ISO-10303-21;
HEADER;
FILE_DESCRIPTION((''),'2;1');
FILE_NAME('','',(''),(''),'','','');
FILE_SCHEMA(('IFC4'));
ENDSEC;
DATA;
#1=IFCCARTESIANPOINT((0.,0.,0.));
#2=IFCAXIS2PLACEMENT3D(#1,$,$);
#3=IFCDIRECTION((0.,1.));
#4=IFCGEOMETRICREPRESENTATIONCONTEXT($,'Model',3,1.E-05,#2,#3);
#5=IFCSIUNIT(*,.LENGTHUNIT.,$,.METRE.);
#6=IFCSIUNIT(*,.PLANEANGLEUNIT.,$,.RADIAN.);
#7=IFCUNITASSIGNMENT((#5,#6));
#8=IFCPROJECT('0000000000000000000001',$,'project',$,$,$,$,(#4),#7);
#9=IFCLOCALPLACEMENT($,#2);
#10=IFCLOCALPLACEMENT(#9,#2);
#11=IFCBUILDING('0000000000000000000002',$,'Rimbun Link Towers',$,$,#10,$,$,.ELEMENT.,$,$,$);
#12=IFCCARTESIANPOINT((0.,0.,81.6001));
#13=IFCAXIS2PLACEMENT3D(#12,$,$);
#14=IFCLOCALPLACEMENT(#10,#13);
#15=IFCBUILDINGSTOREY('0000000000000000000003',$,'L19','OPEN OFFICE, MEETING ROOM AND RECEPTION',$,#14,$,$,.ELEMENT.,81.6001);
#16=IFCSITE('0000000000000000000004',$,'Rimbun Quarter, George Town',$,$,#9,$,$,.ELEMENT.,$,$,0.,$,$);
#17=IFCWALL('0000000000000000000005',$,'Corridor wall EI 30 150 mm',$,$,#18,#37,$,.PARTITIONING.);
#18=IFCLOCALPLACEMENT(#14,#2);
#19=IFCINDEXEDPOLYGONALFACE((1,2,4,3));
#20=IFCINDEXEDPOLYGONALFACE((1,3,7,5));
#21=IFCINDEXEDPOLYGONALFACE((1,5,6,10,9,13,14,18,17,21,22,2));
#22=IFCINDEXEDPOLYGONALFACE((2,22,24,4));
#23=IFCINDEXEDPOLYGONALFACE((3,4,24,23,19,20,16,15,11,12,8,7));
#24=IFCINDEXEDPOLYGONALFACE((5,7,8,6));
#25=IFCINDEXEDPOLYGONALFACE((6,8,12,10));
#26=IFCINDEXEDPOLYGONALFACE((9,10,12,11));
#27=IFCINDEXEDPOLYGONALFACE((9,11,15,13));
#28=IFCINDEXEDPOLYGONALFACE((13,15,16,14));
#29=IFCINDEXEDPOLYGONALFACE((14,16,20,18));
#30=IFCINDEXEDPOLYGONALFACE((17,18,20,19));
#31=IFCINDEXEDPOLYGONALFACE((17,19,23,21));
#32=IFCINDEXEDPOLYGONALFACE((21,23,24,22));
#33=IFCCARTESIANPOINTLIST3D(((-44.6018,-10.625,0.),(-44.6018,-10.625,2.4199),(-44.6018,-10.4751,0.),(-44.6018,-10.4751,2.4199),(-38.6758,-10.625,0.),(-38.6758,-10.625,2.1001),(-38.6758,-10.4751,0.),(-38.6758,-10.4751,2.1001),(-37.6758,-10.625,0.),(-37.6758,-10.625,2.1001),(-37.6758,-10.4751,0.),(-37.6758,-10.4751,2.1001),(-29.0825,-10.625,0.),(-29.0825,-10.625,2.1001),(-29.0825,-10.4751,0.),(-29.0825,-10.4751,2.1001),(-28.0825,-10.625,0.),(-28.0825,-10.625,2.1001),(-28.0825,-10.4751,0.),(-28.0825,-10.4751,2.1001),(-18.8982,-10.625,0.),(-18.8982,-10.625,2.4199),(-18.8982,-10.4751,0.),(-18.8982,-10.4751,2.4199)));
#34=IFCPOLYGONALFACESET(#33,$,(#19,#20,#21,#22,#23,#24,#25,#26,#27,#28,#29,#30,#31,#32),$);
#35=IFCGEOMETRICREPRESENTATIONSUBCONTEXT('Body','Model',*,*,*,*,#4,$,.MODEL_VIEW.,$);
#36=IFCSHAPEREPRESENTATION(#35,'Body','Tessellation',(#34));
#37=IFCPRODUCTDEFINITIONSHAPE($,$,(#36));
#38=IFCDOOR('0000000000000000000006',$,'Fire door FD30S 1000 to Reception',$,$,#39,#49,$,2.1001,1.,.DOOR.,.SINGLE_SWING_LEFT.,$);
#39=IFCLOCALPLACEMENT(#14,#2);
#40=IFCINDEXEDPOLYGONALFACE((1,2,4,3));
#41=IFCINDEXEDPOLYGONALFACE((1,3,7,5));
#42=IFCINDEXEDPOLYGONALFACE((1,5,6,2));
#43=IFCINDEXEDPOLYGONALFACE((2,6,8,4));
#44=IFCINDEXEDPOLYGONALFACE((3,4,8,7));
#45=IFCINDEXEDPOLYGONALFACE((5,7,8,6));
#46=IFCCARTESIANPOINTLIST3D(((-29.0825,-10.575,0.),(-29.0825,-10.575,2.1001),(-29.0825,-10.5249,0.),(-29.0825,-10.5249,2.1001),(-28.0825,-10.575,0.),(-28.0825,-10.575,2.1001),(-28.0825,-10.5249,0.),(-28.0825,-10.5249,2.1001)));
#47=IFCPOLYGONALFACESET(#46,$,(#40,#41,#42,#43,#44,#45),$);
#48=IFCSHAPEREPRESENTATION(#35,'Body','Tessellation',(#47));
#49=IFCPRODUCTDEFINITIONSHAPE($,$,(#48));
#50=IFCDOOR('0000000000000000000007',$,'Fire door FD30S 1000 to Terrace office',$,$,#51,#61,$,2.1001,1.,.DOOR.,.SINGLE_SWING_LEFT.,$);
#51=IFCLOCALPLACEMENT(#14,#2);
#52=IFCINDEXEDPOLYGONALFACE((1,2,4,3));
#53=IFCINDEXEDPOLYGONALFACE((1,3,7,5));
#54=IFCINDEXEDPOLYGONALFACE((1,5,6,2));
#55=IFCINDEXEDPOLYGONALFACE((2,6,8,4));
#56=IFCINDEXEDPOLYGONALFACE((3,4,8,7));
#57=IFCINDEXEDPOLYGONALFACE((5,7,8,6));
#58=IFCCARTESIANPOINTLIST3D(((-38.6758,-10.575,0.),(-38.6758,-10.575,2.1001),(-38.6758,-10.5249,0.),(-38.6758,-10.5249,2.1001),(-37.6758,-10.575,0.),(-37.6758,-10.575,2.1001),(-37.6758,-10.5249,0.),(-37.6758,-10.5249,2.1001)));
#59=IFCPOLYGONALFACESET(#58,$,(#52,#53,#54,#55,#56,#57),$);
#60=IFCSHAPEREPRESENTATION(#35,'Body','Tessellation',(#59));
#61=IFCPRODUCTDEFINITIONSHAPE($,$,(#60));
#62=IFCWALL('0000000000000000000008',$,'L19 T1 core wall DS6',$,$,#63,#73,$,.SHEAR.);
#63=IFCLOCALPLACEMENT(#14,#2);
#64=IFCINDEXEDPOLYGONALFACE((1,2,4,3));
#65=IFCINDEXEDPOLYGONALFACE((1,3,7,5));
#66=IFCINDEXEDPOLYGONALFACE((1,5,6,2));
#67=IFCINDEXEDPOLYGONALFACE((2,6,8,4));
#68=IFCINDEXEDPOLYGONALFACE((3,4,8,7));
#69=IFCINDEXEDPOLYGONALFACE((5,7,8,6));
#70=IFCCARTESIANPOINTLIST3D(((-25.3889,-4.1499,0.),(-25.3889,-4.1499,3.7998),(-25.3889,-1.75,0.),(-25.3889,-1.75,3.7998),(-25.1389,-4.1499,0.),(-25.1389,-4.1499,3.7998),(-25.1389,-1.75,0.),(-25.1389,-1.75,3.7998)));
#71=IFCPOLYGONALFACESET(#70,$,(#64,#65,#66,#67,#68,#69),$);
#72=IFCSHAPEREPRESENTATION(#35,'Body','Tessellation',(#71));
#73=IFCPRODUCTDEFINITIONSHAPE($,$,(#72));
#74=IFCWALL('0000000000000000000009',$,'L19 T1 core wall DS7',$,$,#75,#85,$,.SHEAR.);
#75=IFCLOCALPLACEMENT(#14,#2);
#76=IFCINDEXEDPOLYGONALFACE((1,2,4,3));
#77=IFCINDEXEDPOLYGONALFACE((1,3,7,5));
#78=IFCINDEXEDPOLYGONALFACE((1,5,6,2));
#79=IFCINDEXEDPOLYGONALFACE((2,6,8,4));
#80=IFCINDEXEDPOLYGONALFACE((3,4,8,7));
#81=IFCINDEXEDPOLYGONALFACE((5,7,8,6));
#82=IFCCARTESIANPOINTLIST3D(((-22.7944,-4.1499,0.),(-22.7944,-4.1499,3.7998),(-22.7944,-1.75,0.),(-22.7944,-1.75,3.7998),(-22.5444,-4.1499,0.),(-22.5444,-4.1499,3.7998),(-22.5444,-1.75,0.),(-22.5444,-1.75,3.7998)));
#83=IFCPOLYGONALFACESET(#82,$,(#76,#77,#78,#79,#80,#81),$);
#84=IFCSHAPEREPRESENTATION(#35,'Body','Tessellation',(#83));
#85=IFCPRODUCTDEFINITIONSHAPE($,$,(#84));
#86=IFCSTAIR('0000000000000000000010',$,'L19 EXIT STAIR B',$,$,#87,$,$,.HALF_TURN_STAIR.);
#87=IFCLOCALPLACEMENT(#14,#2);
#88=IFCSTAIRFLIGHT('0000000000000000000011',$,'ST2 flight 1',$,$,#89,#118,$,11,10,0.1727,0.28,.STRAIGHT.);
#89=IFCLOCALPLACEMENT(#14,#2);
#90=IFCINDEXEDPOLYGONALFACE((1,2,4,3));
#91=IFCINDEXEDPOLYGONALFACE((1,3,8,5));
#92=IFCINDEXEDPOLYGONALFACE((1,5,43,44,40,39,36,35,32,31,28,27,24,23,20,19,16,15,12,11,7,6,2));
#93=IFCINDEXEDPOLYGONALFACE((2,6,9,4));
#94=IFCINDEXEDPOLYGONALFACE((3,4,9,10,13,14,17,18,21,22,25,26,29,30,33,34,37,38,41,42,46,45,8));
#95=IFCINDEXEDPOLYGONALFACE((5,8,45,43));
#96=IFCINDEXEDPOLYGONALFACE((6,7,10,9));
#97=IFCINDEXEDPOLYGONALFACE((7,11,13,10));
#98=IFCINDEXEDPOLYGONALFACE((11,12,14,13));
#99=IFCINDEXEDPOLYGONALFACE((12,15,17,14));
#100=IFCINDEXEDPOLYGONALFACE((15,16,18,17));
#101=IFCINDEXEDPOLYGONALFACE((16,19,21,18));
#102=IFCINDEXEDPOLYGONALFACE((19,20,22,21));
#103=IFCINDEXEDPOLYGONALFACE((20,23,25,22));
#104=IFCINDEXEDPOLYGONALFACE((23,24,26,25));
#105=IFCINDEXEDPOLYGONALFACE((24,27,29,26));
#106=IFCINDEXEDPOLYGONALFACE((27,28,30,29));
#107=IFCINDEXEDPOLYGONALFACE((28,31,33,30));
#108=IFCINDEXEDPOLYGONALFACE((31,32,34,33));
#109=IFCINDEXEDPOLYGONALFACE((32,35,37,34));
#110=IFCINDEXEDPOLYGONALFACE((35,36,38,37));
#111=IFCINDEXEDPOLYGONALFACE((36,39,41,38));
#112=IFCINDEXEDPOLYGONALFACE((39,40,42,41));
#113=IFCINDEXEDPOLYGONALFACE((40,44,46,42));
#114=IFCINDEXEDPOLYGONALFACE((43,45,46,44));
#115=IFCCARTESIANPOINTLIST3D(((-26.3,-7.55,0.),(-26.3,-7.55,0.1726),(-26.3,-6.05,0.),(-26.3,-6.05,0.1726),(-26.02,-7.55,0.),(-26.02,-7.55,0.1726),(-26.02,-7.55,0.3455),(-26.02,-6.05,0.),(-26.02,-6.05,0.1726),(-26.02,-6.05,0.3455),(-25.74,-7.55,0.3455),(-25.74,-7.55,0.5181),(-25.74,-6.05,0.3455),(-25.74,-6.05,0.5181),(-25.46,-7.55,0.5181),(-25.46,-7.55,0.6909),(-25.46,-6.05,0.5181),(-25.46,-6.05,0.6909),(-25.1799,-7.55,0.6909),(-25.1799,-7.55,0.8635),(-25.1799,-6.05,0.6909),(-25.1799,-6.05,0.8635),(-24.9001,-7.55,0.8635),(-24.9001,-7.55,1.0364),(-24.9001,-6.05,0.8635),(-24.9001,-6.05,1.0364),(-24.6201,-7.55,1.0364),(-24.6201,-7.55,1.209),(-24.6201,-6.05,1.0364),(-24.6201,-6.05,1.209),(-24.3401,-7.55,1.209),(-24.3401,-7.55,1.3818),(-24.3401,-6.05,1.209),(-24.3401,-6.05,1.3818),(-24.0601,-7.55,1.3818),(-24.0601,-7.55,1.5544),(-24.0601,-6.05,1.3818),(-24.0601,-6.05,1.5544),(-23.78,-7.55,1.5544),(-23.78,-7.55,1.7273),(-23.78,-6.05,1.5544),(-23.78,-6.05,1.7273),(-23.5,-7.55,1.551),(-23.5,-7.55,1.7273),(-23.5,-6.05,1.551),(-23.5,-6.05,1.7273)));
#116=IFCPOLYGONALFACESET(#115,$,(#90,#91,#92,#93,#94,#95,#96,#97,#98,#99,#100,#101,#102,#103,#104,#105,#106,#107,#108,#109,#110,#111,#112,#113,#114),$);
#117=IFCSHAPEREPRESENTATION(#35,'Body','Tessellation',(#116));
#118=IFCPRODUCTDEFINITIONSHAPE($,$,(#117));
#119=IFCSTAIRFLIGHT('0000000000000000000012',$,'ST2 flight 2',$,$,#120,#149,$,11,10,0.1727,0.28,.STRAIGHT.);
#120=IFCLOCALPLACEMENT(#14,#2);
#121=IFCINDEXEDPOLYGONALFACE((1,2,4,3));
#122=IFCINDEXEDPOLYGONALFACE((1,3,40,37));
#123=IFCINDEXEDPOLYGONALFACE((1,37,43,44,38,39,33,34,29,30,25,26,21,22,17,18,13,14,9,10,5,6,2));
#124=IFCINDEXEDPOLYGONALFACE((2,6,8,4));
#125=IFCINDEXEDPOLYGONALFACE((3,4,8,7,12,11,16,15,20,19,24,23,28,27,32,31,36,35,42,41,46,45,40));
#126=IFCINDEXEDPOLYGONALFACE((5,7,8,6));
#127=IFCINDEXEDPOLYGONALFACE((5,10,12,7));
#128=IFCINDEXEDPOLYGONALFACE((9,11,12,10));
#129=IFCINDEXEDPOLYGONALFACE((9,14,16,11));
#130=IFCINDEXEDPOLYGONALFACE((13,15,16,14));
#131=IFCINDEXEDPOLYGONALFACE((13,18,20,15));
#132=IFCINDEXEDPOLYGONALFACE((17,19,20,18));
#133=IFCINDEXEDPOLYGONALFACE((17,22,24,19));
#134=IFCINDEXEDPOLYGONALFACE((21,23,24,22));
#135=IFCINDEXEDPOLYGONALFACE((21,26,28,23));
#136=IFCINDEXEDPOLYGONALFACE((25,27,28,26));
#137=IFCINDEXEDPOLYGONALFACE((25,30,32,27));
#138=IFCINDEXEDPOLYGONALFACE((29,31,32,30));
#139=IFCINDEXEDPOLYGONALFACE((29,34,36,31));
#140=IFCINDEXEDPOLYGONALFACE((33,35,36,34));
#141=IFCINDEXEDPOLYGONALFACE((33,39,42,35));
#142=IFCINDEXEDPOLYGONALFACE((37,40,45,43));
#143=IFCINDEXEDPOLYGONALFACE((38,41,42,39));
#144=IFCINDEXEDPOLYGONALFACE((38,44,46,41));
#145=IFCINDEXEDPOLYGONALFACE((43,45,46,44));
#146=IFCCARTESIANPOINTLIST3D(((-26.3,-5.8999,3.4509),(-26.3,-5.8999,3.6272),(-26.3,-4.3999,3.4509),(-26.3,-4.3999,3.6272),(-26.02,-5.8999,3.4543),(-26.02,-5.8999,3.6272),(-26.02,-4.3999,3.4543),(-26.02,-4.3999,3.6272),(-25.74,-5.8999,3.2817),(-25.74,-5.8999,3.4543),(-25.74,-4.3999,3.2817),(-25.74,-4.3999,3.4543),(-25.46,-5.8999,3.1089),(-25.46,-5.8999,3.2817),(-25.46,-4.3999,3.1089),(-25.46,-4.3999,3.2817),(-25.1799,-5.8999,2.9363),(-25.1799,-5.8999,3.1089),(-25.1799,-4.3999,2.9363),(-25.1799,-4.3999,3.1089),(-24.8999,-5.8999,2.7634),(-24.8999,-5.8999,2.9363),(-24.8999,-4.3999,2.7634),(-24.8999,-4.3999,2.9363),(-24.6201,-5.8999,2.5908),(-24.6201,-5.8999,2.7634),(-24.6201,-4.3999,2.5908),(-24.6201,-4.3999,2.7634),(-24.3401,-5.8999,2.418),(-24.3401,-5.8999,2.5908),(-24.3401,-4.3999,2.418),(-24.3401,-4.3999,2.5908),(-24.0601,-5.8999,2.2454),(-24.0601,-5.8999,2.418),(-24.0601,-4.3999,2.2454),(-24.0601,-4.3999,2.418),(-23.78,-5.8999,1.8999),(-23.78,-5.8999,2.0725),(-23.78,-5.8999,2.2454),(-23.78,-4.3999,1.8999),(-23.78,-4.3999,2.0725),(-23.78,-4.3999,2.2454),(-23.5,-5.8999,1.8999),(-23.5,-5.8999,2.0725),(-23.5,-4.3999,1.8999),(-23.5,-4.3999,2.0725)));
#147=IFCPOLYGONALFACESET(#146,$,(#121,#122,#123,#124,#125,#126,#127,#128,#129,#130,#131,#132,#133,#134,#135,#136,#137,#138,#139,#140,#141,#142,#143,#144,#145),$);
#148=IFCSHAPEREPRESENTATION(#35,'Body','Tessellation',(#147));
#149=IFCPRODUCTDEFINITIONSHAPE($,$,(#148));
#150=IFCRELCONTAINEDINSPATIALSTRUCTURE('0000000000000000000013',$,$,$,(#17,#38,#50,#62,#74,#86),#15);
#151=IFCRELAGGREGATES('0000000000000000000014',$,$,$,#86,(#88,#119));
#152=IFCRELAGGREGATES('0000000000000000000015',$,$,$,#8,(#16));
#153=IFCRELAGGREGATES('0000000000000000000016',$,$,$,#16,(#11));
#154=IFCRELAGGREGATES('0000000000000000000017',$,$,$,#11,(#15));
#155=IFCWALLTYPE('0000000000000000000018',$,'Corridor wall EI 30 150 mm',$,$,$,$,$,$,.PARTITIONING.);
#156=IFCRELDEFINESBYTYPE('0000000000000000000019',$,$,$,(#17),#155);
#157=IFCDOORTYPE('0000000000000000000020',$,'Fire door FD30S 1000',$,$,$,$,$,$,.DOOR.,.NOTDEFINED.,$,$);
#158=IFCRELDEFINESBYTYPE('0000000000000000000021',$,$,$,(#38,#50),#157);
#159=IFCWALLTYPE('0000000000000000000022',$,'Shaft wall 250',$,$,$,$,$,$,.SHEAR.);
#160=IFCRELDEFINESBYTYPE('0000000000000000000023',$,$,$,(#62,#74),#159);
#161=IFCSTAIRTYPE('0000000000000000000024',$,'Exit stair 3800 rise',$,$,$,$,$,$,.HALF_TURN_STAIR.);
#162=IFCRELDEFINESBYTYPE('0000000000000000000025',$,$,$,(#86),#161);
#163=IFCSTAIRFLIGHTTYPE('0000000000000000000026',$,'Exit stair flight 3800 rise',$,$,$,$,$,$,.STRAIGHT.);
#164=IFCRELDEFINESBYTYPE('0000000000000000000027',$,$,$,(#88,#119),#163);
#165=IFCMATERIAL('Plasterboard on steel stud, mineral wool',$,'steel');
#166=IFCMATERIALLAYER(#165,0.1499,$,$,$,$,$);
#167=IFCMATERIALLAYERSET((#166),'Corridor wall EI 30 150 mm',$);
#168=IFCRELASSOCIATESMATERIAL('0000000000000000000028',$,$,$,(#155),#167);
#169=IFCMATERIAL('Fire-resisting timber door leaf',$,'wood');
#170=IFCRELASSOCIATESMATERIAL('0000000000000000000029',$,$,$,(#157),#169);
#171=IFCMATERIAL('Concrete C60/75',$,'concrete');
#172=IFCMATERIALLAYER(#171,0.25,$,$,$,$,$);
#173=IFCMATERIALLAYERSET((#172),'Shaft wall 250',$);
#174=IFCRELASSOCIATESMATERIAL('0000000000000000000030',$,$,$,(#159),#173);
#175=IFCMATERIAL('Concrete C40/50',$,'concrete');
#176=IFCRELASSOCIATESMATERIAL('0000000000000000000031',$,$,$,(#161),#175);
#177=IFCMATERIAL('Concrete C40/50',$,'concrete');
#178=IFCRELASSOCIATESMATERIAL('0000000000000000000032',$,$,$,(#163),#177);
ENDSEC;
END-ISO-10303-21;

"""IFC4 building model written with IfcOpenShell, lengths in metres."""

from ifc_helpers import new_model, si_unit, direction, frame, frame_2d, origin, place, context, subcontext, project, spatial, polyline, rectangle, outline, extrude, material, layer, layer_set, type_object, element, fill, aggregate, save


model = new_model("IFC4")

# Units and contexts
model_context = context("Model", 3, precision=1e-05, world=origin(), true_north=direction((0.0, 1.0)))
body_context = subcontext(model_context, "Body", "Model", "MODEL_VIEW")
ifc_project = project(units=[si_unit("LENGTHUNIT", "METRE"), si_unit("PLANEANGLEUNIT", "RADIAN")], contexts=[model_context])

# Site, building, storey
site_placement = place(None, origin())
site = spatial("IfcSite", under=ifc_project, at=site_placement, Name="Rimbun Quarter, George Town", CompositionType="ELEMENT", RefElevation=0.0)
building_placement = place(site_placement, origin())
building = spatial("IfcBuilding", under=site, at=building_placement, Name="Rimbun Link Towers", CompositionType="ELEMENT")
storey_placement = place(building_placement, frame((0.0, 0.0, 81.6001)))
storey = spatial("IfcBuildingStorey", under=building, at=storey_placement, Name="L19", Description="OPEN OFFICE, MEETING ROOM AND RECEPTION", CompositionType="ELEMENT", Elevation=81.6001)

# Wall, openings, doors
ifc_material_1 = material(Name="Plasterboard on steel stud, mineral wool", Category="steel")
ifc_layer_1 = layer(ifc_material_1, 0.1499)
ifc_layer_set_1 = layer_set([ifc_layer_1], Name="Corridor wall EI 30 150 mm")
wall_type_1 = type_object("IfcWallType", Name="Corridor wall EI 30 150 mm", PredefinedType="PARTITIONING", material=ifc_layer_set_1)
wall_1_placement = place(storey_placement, frame((-18.8982, -10.55, 0.0), z_axis=(0.0, 0.0, 1.0), x_axis=(-1.0, 0.0, 0.0)))
wall_1 = element("IfcWall", 1, at=wall_1_placement, inside=storey, type_object=wall_type_1, Name="Corridor wall EI 30 150 mm", PredefinedType="PARTITIONING", context=body_context, shape_type="SweptSolid", body=[
    extrude(rectangle(XDim=25.7036, YDim=0.1499, at=frame_2d((12.8518, 0.0))), origin(), (0.0, 0.0, 1.0), 2.4199),
])
opening_1_placement = place(wall_1_placement, frame((9.1843, 0.0, 0.0)))
opening_1 = element("IfcOpeningElement", 2, at=opening_1_placement, cuts=wall_1, PredefinedType="OPENING", context=body_context, shape_type="SweptSolid", body=[
    extrude(rectangle(XDim=1.0, YDim=2.1001, at=frame_2d((0.5, 1.05))), frame((0.0, 0.085, 0.0), z_axis=(0.0, -1.0, 0.0), x_axis=(1.0, 0.0, 0.0)), (0.0, 0.0, 1.0), 0.1699),
])
opening_2_placement = place(wall_1_placement, frame((18.7776, 0.0, 0.0)))
opening_2 = element("IfcOpeningElement", 3, at=opening_2_placement, cuts=wall_1, PredefinedType="OPENING", context=body_context, shape_type="SweptSolid", body=[
    extrude(rectangle(XDim=1.0, YDim=2.1001, at=frame_2d((0.5, 1.05))), frame((0.0, 0.085, 0.0), z_axis=(0.0, -1.0, 0.0), x_axis=(1.0, 0.0, 0.0)), (0.0, 0.0, 1.0), 0.1699),
])
ifc_material_2 = material(Name="Fire-resisting timber door leaf", Category="wood")
door_type_1 = type_object("IfcDoorType", Name="Fire door FD30S 1000", OperationType="NOTDEFINED", PredefinedType="DOOR", material=ifc_material_2)
door_1_placement = place(opening_1_placement, origin())
door_1 = element("IfcDoor", 4, at=door_1_placement, inside=storey, type_object=door_type_1, Name="Fire door FD30S 1000 to Reception", OperationType="SINGLE_SWING_LEFT", OverallHeight=2.1001, OverallWidth=1.0, PredefinedType="DOOR", context=body_context, shape_type="SweptSolid", body=[
    extrude(rectangle(XDim=1.0, YDim=2.1001, at=frame_2d((0.5, 1.05))), frame((0.0, 0.0249, 0.0), z_axis=(0.0, -1.0, 0.0), x_axis=(1.0, 0.0, 0.0)), (0.0, 0.0, 1.0), 0.05),
])
fill(opening_1, door_1)
door_2_placement = place(opening_2_placement, origin())
door_2 = element("IfcDoor", 5, at=door_2_placement, inside=storey, type_object=door_type_1, Name="Fire door FD30S 1000 to Terrace office", OperationType="SINGLE_SWING_LEFT", OverallHeight=2.1001, OverallWidth=1.0, PredefinedType="DOOR", context=body_context, shape_type="SweptSolid", body=[
    extrude(rectangle(XDim=1.0, YDim=2.1001, at=frame_2d((0.5, 1.05))), frame((0.0, 0.0249, 0.0), z_axis=(0.0, -1.0, 0.0), x_axis=(1.0, 0.0, 0.0)), (0.0, 0.0, 1.0), 0.05),
])
fill(opening_2, door_2)

# Walls
ifc_material_3 = material(Name="Concrete C60/75", Category="concrete")
ifc_layer_2 = layer(ifc_material_3, 0.25)
ifc_layer_set_2 = layer_set([ifc_layer_2], Name="Shaft wall 250")
wall_type_2 = type_object("IfcWallType", Name="Shaft wall 250", PredefinedType="SHEAR", material=ifc_layer_set_2)
for number, where, z_axis, x_axis, name in (
    (6, (-25.2639, -4.1499, 0.0), (0.0, 0.0, 1.0), (0.0, 1.0, 0.0), "L19 T1 core wall DS6"),
    (7, (-22.6694, -4.1499, 0.0), (0.0, 0.0, 1.0), (0.0, 1.0, 0.0), "L19 T1 core wall DS7"),
):
    element("IfcWall", number, at=place(storey_placement, frame(where, z_axis=z_axis, x_axis=x_axis)), inside=storey, type_object=wall_type_2, Name=name, PredefinedType="SHEAR", context=body_context, shape_type="SweptSolid", body=[
        extrude(rectangle(XDim=2.3999, YDim=0.25, at=frame_2d((1.2, 0.0))), origin(), (0.0, 0.0, 1.0), 3.7998),
    ])

# Stair, stair flights
ifc_material_4 = material(Name="Concrete C40/50", Category="concrete")
stair_type = type_object("IfcStairType", Name="Exit stair 3800 rise", PredefinedType="HALF_TURN_STAIR", material=ifc_material_4)
stair_placement = place(storey_placement, origin())
stair = element("IfcStair", 8, at=stair_placement, inside=storey, type_object=stair_type, Name="L19 EXIT STAIR B", PredefinedType="HALF_TURN_STAIR")
ifc_material_5 = material(Name="Concrete C40/50", Category="concrete")
stair_flight_type = type_object("IfcStairFlightType", Name="Exit stair flight 3800 rise", PredefinedType="STRAIGHT", material=ifc_material_5)
stair_flight_1_placement = place(storey_placement, frame((-26.3, -6.8, 0.0), z_axis=(0.0, 0.0, 1.0), x_axis=(1.0, 0.0, 0.0)))
stair_flight_1 = element("IfcStairFlight", 9, at=stair_flight_1_placement, type_object=stair_flight_type, Name="ST2 flight 1", NumberOfRisers=11, NumberOfTreads=10, PredefinedType="STRAIGHT", RiserHeight=0.1727, TreadLength=0.28, context=body_context, shape_type="SweptSolid", body=[
    extrude(outline(polyline([(0.0, 0.0), (0.0, 0.1726), (0.28, 0.1726), (0.28, 0.3455), (0.5601, 0.3455), (0.5601, 0.5181), (0.8401, 0.5181), (0.8401, 0.6909), (1.1201, 0.6909), (1.1201, 0.8635), (1.3999, 0.8635), (1.3999, 1.0364), (1.6799, 1.0364), (1.6799, 1.209), (1.96, 1.209), (1.96, 1.3818), (2.24, 1.3818), (2.24, 1.5544), (2.52, 1.5544), (2.52, 1.7273), (2.8, 1.7273), (2.8, 1.8999), (2.8, 1.551), (0.28, 0.0), (0.0, 0.0)])), frame((0.0, 0.75, 0.0), z_axis=(0.0, -1.0, 0.0), x_axis=(1.0, 0.0, 0.0)), (0.0, 0.0, 1.0), 1.5),
])
stair_flight_2_placement = place(storey_placement, frame((-23.5, -5.1499, 1.8999), z_axis=(0.0, 0.0, 1.0), x_axis=(-1.0, 0.0, 0.0)))
stair_flight_2 = element("IfcStairFlight", 10, at=stair_flight_2_placement, type_object=stair_flight_type, Name="ST2 flight 2", NumberOfRisers=11, NumberOfTreads=10, PredefinedType="STRAIGHT", RiserHeight=0.1727, TreadLength=0.28, context=body_context, shape_type="SweptSolid", body=[
    extrude(outline(polyline([(0.0, 0.0), (0.0, 0.1726), (0.28, 0.1726), (0.28, 0.3455), (0.5601, 0.3455), (0.5601, 0.5181), (0.8401, 0.5181), (0.8401, 0.6909), (1.1201, 0.6909), (1.1201, 0.8635), (1.3999, 0.8635), (1.3999, 1.0364), (1.6799, 1.0364), (1.6799, 1.209), (1.96, 1.209), (1.96, 1.3818), (2.24, 1.3818), (2.24, 1.5544), (2.52, 1.5544), (2.52, 1.7273), (2.8, 1.7273), (2.8, 1.8999), (2.8, 1.551), (0.28, 0.0), (0.0, 0.0)])), frame((0.0, 0.75, 0.0), z_axis=(0.0, -1.0, 0.0), x_axis=(1.0, 0.0, 0.0)), (0.0, 0.0, 1.0), 1.5),
])
aggregate(stair, [stair_flight_1, stair_flight_2])

save(model, "model.ifc")
